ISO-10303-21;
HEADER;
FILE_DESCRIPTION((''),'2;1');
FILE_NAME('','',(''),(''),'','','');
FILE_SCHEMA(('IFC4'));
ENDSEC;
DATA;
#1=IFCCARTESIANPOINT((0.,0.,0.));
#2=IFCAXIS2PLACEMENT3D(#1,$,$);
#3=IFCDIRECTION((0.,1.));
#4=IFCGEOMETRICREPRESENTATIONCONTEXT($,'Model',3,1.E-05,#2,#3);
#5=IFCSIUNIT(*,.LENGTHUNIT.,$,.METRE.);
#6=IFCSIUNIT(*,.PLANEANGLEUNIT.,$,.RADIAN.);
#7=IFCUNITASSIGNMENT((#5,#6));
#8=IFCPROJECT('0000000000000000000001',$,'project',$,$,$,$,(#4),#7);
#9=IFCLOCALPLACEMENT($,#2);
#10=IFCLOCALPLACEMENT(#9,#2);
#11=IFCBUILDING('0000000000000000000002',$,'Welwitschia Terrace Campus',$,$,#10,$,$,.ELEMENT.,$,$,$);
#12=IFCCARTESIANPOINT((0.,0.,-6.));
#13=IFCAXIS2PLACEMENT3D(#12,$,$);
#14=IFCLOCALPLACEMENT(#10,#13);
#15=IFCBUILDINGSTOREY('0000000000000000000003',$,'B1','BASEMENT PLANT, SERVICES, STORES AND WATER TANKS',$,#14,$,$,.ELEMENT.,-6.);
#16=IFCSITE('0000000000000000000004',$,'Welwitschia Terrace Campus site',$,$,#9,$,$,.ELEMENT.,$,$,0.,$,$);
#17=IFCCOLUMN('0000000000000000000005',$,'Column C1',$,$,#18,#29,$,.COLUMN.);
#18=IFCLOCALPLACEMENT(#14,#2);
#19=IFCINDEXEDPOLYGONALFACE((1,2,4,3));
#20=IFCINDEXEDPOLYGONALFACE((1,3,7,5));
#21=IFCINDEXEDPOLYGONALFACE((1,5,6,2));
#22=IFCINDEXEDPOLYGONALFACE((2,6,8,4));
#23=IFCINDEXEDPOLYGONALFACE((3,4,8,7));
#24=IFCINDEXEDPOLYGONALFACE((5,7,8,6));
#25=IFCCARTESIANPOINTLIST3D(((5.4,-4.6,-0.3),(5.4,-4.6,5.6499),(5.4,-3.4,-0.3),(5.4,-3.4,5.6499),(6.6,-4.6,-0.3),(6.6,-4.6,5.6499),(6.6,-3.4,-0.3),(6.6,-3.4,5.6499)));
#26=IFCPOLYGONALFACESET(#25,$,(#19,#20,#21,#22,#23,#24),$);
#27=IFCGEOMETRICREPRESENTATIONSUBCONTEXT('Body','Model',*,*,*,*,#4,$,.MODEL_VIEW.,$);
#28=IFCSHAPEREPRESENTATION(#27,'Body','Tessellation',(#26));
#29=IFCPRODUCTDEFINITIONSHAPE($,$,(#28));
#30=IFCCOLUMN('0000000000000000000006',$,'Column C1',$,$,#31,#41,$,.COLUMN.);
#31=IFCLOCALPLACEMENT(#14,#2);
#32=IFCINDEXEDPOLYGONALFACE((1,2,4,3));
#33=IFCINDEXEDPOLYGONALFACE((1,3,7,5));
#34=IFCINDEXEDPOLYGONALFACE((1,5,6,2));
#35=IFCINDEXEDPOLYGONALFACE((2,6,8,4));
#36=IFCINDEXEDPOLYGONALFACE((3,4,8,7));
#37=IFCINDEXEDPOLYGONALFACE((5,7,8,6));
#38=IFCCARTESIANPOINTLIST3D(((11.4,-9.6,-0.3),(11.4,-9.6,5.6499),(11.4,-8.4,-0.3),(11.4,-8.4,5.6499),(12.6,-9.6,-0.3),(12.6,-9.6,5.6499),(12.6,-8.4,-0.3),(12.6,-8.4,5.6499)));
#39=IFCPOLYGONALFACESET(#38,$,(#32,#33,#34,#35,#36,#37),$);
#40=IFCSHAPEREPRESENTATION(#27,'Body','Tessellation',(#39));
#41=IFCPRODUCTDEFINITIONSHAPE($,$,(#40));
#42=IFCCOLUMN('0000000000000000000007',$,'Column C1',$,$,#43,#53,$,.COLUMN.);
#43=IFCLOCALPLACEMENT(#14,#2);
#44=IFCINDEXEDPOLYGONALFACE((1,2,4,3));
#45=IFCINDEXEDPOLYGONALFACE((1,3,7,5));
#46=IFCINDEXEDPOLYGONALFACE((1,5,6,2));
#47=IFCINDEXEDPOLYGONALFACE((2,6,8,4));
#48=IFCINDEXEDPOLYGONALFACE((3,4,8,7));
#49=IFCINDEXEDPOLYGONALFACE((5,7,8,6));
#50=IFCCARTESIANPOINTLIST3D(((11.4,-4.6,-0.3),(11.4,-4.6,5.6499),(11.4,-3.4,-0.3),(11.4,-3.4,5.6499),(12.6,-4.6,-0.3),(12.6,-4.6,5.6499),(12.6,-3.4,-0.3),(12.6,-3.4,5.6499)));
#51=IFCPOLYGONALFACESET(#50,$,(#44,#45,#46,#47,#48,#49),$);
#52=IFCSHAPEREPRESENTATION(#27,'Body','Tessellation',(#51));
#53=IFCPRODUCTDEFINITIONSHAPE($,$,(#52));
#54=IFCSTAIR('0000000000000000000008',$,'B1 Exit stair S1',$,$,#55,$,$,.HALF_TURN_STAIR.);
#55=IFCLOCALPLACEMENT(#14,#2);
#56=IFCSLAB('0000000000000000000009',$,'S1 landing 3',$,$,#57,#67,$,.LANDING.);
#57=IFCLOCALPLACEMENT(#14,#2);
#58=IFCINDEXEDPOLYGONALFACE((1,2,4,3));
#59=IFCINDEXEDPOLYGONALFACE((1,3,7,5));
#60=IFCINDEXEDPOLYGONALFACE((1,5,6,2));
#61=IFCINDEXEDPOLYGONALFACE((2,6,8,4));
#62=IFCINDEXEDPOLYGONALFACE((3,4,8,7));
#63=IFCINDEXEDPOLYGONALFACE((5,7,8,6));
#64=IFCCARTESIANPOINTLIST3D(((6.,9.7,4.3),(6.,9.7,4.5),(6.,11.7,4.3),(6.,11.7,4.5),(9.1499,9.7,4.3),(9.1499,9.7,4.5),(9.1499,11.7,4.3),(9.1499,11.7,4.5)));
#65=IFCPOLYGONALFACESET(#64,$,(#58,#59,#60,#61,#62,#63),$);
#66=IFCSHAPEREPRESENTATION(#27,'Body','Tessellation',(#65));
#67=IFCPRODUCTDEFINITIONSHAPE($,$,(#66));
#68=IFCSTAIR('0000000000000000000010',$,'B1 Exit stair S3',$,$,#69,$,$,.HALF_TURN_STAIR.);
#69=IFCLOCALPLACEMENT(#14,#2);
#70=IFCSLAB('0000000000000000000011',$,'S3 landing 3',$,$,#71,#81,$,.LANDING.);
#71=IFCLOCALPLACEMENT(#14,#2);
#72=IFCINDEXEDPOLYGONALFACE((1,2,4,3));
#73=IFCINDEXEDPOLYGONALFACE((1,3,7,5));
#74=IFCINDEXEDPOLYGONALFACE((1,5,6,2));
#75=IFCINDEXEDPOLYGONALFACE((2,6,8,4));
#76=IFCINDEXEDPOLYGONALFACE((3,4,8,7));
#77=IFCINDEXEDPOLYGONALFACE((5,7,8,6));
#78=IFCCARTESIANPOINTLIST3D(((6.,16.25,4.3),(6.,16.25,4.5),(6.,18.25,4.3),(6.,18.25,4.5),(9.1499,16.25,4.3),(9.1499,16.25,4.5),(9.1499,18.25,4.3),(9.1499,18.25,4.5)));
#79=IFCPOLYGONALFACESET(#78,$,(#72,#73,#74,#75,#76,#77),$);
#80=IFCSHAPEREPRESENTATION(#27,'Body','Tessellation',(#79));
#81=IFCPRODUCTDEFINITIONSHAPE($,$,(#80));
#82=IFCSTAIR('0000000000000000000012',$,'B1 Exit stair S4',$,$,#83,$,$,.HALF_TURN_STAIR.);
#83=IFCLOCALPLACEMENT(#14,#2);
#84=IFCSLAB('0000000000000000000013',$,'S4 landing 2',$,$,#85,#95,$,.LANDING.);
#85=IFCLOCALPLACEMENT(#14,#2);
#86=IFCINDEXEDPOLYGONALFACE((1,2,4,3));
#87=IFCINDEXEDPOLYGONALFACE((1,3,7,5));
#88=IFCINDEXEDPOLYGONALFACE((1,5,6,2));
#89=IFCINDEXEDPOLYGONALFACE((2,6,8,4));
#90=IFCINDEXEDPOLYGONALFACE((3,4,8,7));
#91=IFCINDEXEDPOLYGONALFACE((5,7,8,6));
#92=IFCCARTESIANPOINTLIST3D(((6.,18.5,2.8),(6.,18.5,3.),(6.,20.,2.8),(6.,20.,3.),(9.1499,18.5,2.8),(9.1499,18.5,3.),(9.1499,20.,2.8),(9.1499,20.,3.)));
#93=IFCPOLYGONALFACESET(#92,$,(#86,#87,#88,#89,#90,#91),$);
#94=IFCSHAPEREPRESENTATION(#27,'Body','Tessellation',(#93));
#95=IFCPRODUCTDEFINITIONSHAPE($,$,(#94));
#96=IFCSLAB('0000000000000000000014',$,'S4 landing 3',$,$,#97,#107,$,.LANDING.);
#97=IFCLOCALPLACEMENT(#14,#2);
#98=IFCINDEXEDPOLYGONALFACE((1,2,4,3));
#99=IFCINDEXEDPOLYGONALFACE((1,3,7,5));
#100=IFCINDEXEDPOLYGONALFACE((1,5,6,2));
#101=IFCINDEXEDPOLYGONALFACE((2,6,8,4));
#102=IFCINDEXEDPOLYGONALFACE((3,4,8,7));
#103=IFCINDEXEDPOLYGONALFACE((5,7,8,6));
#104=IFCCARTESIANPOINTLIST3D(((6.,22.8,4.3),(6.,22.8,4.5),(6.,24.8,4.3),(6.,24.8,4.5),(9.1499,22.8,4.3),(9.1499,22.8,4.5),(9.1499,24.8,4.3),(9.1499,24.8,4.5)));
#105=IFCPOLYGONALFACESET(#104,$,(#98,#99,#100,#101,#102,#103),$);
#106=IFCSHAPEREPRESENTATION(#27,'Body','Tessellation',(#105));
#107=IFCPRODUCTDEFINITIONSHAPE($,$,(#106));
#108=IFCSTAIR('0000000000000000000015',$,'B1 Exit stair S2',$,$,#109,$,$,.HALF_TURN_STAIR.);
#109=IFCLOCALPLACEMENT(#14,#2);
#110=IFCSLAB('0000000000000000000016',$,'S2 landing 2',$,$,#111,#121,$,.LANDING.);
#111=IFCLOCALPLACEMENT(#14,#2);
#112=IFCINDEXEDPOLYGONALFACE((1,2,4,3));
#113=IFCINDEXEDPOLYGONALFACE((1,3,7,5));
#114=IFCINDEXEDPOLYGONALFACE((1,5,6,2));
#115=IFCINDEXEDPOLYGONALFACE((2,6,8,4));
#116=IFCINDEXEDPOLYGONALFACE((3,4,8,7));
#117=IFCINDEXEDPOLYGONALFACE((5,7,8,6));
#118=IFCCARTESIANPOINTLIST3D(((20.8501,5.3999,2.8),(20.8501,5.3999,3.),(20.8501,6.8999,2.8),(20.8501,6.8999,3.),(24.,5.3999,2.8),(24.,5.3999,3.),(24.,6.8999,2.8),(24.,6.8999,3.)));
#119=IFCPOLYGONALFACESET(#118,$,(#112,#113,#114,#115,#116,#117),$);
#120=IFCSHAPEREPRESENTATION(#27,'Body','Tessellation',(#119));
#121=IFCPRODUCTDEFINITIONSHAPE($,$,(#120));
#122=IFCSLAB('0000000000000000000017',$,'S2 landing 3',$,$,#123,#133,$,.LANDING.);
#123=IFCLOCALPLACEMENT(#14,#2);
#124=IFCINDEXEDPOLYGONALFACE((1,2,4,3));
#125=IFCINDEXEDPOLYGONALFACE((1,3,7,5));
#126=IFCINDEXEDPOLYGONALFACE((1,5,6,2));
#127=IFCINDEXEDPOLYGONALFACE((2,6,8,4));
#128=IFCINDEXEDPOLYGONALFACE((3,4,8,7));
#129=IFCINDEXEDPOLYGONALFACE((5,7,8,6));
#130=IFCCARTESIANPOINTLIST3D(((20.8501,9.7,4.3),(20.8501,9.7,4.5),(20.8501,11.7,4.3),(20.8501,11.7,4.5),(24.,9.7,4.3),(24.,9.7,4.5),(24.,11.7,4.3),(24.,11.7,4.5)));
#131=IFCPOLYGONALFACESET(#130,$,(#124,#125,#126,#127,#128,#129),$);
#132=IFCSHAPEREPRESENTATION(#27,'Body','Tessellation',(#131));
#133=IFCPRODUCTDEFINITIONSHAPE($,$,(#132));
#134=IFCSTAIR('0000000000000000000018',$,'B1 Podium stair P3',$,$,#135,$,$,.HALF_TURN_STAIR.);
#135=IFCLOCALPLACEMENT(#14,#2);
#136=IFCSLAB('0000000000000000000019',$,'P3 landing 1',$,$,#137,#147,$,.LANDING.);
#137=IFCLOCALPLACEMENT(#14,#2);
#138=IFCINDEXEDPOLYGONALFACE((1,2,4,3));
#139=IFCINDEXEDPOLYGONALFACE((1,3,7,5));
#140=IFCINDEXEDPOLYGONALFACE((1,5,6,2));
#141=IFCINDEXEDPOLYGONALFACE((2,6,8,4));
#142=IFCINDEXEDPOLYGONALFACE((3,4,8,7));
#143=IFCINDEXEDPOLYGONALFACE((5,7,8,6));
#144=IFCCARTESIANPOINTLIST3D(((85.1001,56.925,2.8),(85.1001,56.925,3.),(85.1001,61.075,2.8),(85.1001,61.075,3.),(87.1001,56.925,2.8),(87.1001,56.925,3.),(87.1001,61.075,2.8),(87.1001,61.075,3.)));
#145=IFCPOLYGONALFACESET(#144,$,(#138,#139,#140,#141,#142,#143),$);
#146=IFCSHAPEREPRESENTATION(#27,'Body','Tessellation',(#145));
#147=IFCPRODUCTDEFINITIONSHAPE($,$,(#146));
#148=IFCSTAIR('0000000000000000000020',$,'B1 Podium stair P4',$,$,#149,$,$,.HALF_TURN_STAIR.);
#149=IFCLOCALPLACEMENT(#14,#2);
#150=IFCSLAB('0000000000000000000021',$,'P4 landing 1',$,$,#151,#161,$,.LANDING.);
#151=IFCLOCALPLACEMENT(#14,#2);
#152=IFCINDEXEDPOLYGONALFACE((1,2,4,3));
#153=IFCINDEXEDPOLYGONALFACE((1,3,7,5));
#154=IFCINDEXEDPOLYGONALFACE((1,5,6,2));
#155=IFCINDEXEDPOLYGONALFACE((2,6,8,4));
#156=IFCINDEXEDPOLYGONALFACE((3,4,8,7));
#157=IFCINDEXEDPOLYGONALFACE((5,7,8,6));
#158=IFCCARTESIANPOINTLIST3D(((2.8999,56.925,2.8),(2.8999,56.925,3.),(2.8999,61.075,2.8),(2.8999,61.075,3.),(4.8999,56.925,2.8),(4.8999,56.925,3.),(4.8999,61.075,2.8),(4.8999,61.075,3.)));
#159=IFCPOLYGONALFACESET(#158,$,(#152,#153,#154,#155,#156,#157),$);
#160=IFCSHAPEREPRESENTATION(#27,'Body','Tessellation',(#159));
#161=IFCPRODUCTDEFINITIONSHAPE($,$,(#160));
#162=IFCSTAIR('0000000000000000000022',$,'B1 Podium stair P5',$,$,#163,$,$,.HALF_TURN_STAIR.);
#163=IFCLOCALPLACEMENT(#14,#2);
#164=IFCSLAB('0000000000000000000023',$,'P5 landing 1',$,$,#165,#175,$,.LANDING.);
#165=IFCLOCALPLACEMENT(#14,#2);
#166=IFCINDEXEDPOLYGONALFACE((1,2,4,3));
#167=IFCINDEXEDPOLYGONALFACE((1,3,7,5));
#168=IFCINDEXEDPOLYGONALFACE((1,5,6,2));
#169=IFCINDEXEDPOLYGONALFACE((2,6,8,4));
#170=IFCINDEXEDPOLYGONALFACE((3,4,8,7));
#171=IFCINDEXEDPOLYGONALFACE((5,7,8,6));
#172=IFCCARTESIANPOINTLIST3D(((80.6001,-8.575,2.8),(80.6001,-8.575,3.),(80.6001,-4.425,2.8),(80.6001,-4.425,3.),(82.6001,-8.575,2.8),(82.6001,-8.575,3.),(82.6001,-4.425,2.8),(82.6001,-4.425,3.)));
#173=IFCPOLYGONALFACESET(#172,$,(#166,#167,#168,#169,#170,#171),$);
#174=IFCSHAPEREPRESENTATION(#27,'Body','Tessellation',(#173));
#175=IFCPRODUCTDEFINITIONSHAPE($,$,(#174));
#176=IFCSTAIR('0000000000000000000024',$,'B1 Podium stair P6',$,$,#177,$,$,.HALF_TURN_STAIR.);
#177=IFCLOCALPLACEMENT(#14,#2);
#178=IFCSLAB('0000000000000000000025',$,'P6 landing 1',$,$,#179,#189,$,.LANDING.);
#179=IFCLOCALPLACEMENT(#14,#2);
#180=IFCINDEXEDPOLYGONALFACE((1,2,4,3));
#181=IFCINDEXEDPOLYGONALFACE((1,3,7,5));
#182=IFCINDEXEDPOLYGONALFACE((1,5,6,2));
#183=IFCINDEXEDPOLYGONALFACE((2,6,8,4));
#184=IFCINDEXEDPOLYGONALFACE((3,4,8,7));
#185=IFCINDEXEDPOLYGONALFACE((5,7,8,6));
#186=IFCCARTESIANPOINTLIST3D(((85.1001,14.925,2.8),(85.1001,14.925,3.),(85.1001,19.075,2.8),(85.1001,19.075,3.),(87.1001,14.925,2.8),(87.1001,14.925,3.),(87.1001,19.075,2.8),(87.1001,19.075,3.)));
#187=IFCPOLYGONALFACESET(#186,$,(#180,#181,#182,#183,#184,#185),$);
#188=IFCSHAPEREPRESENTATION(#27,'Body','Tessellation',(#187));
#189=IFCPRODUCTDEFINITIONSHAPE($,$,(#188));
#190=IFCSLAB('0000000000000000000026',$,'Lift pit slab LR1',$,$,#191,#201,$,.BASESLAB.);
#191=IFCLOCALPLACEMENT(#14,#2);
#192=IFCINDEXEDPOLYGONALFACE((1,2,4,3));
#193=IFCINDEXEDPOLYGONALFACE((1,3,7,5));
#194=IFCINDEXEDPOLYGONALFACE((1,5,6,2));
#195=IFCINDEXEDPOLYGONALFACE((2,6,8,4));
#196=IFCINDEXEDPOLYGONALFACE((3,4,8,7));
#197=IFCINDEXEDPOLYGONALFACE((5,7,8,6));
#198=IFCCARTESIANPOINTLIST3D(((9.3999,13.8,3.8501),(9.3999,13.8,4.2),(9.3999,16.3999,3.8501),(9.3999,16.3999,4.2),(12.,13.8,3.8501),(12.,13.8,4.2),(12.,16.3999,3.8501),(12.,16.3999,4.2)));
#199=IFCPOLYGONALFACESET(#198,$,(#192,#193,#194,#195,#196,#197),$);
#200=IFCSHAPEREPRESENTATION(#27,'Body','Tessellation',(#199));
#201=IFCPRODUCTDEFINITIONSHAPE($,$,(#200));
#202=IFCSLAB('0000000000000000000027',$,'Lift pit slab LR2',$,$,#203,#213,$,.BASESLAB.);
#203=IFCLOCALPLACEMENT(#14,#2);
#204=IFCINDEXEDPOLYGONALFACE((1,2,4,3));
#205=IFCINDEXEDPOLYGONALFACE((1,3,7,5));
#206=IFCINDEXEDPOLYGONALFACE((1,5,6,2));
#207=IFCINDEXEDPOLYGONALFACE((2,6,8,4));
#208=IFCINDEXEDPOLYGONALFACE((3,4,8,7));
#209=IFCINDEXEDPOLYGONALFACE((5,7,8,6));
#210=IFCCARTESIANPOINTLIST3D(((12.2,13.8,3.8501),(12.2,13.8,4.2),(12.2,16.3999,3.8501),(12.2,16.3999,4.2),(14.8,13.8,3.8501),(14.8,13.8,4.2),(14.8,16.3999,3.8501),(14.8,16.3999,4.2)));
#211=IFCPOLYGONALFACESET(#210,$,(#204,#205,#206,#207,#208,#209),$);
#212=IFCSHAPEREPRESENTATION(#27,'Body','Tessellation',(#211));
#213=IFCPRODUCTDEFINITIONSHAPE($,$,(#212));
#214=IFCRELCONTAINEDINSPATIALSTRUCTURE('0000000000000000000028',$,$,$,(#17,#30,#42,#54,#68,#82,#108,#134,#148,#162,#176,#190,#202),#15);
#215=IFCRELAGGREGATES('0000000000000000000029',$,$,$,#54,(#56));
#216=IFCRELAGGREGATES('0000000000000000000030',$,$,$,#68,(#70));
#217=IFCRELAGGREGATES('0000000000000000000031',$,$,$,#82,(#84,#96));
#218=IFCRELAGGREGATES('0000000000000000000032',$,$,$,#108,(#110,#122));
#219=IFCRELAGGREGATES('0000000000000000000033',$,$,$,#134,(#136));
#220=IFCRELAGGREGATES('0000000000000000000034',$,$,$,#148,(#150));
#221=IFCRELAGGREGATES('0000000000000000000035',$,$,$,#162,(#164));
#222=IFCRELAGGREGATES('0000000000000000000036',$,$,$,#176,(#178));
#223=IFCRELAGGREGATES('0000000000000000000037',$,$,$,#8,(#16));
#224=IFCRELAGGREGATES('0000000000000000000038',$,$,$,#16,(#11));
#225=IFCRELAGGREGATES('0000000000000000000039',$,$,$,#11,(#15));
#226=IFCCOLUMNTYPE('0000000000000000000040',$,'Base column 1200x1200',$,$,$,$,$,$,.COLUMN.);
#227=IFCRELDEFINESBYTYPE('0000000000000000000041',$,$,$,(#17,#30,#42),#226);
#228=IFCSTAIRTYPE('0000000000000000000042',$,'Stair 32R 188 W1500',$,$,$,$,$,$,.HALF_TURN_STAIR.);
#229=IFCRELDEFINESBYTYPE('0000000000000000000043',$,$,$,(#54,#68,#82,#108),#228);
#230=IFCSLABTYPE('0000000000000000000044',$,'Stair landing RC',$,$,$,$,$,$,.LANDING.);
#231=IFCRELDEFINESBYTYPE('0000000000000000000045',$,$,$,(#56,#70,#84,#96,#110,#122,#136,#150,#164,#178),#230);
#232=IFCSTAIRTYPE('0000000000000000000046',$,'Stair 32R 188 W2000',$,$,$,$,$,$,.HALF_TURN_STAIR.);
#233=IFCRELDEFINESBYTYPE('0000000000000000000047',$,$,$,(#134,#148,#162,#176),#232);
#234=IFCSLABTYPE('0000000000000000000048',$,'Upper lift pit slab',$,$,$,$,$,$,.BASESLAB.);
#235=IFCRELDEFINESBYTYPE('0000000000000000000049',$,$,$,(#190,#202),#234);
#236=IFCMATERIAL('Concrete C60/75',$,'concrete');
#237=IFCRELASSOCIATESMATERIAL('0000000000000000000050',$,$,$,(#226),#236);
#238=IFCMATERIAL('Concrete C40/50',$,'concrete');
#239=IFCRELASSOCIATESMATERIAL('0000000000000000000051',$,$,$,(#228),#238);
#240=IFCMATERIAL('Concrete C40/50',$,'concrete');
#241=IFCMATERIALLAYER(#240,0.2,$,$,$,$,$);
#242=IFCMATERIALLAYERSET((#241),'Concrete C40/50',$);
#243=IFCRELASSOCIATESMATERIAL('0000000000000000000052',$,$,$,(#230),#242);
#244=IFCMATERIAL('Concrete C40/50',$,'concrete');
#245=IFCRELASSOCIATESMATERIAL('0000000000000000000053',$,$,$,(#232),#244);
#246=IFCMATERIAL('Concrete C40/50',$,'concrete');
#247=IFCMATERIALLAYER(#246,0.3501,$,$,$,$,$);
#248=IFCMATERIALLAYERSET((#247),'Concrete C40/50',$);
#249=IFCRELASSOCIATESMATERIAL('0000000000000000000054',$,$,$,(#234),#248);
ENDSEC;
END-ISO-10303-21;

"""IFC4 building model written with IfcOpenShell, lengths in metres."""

from ifc_helpers import new_model, si_unit, direction, frame, origin, origin_2d, place, context, subcontext, project, spatial, polyline, rectangle, outline, extrude, material, layer, layer_set, material_profile, profile_set, type_object, element, aggregate, save


model = new_model("IFC4")

# Units and contexts
model_context = context("Model", 3, precision=1e-05, world=origin(), true_north=direction((0.0, 1.0)))
body_context = subcontext(model_context, "Body", "Model", "MODEL_VIEW")
ifc_project = project(units=[si_unit("LENGTHUNIT", "METRE"), si_unit("PLANEANGLEUNIT", "RADIAN")], contexts=[model_context])

# Site, building, storey
site_placement = place(None, origin())
site = spatial("IfcSite", under=ifc_project, at=site_placement, Name="Welwitschia Terrace Campus site", CompositionType="ELEMENT", RefElevation=0.0)
building_placement = place(site_placement, origin())
building = spatial("IfcBuilding", under=site, at=building_placement, Name="Welwitschia Terrace Campus", CompositionType="ELEMENT")
storey_placement = place(building_placement, frame((0.0, 0.0, -6.0)))
storey = spatial("IfcBuildingStorey", under=building, at=storey_placement, Name="B1", Description="BASEMENT PLANT, SERVICES, STORES AND WATER TANKS", CompositionType="ELEMENT", Elevation=-6.0)

# Columns
ifc_material_1 = material(Name="Concrete C60/75", Category="concrete")
ifc_material_profile = material_profile(ifc_material_1, rectangle(XDim=1.2, YDim=1.2, at=origin_2d()))
ifc_profile_set = profile_set([ifc_material_profile], Name="Concrete C60/75")
column_type = type_object("IfcColumnType", Name="Base column 1200x1200", PredefinedType="COLUMN", material=ifc_profile_set)
for number, where, z_axis, x_axis, name in (
    (1, (6.0, -4.0, -0.3), (0.0, 0.0, 1.0), (1.0, 0.0, 0.0), "Column C1"),
    (2, (12.0, -9.0, -0.3), (0.0, 0.0, 1.0), (1.0, 0.0, 0.0), "Column C1"),
    (3, (12.0, -4.0, -0.3), (0.0, 0.0, 1.0), (1.0, 0.0, 0.0), "Column C1"),
):
    element("IfcColumn", number, at=place(storey_placement, frame(where, z_axis=z_axis, x_axis=x_axis)), inside=storey, type_object=column_type, Name=name, PredefinedType="COLUMN", context=body_context, shape_type="SweptSolid", body=[
        extrude(rectangle(XDim=1.2, YDim=1.2, at=origin_2d()), origin(), (0.0, 0.0, 1.0), 5.95),
    ])

# Stairs, slabs
ifc_material_2 = material(Name="Concrete C40/50", Category="concrete")
stair_type_1 = type_object("IfcStairType", Name="Stair 32R 188 W1500", PredefinedType="HALF_TURN_STAIR", material=ifc_material_2)
stair_1_placement = place(storey_placement, origin())
stair_1 = element("IfcStair", 4, at=stair_1_placement, inside=storey, type_object=stair_type_1, Name="B1 Exit stair S1", PredefinedType="HALF_TURN_STAIR")
ifc_material_3 = material(Name="Concrete C40/50", Category="concrete")
ifc_layer_1 = layer(ifc_material_3, 0.2)
ifc_layer_set_1 = layer_set([ifc_layer_1], Name="Concrete C40/50")
slab_type_1 = type_object("IfcSlabType", Name="Stair landing RC", PredefinedType="LANDING", material=ifc_layer_set_1)
slab_1_placement = place(storey_placement, frame((0.0, 0.0, 4.3)))
slab_1 = element("IfcSlab", 5, at=slab_1_placement, type_object=slab_type_1, Name="S1 landing 3", PredefinedType="LANDING", context=body_context, shape_type="SweptSolid", body=[
    extrude(outline(polyline([(9.1499, 9.7), (9.1499, 11.7), (6.0, 11.7), (6.0, 9.7), (9.1499, 9.7)])), origin(), (0.0, 0.0, 1.0), 0.2),
])
aggregate(stair_1, [slab_1])
stair_2_placement = place(storey_placement, origin())
stair_2 = element("IfcStair", 6, at=stair_2_placement, inside=storey, type_object=stair_type_1, Name="B1 Exit stair S3", PredefinedType="HALF_TURN_STAIR")
slab_2_placement = place(storey_placement, frame((0.0, 0.0, 4.3)))
slab_2 = element("IfcSlab", 7, at=slab_2_placement, type_object=slab_type_1, Name="S3 landing 3", PredefinedType="LANDING", context=body_context, shape_type="SweptSolid", body=[
    extrude(outline(polyline([(9.1499, 16.25), (9.1499, 18.25), (6.0, 18.25), (6.0, 16.25), (9.1499, 16.25)])), origin(), (0.0, 0.0, 1.0), 0.2),
])
aggregate(stair_2, [slab_2])

# Stairs, slabs
stair_3_placement = place(storey_placement, origin())
stair_3 = element("IfcStair", 8, at=stair_3_placement, inside=storey, type_object=stair_type_1, Name="B1 Exit stair S4", PredefinedType="HALF_TURN_STAIR")
slab_3_placement = place(storey_placement, frame((0.0, 0.0, 2.8)))
slab_3 = element("IfcSlab", 9, at=slab_3_placement, type_object=slab_type_1, Name="S4 landing 2", PredefinedType="LANDING", context=body_context, shape_type="SweptSolid", body=[
    extrude(outline(polyline([(9.1499, 18.5), (9.1499, 20.0), (6.0, 20.0), (6.0, 18.5), (9.1499, 18.5)])), origin(), (0.0, 0.0, 1.0), 0.2),
])
slab_4_placement = place(storey_placement, frame((0.0, 0.0, 4.3)))
slab_4 = element("IfcSlab", 10, at=slab_4_placement, type_object=slab_type_1, Name="S4 landing 3", PredefinedType="LANDING", context=body_context, shape_type="SweptSolid", body=[
    extrude(outline(polyline([(9.1499, 22.8), (9.1499, 24.8), (6.0, 24.8), (6.0, 22.8), (9.1499, 22.8)])), origin(), (0.0, 0.0, 1.0), 0.2),
])
aggregate(stair_3, [slab_3, slab_4])
stair_4_placement = place(storey_placement, origin())
stair_4 = element("IfcStair", 11, at=stair_4_placement, inside=storey, type_object=stair_type_1, Name="B1 Exit stair S2", PredefinedType="HALF_TURN_STAIR")
slab_5_placement = place(storey_placement, frame((0.0, 0.0, 2.8)))
slab_5 = element("IfcSlab", 12, at=slab_5_placement, type_object=slab_type_1, Name="S2 landing 2", PredefinedType="LANDING", context=body_context, shape_type="SweptSolid", body=[
    extrude(outline(polyline([(24.0, 5.3999), (24.0, 6.8999), (20.8501, 6.8999), (20.8501, 5.3999), (24.0, 5.3999)])), origin(), (0.0, 0.0, 1.0), 0.2),
])
slab_6_placement = place(storey_placement, frame((0.0, 0.0, 4.3)))
slab_6 = element("IfcSlab", 13, at=slab_6_placement, type_object=slab_type_1, Name="S2 landing 3", PredefinedType="LANDING", context=body_context, shape_type="SweptSolid", body=[
    extrude(outline(polyline([(24.0, 9.7), (24.0, 11.7), (20.8501, 11.7), (20.8501, 9.7), (24.0, 9.7)])), origin(), (0.0, 0.0, 1.0), 0.2),
])
aggregate(stair_4, [slab_5, slab_6])

# Stairs, slabs
ifc_material_4 = material(Name="Concrete C40/50", Category="concrete")
stair_type_2 = type_object("IfcStairType", Name="Stair 32R 188 W2000", PredefinedType="HALF_TURN_STAIR", material=ifc_material_4)
stair_5_placement = place(storey_placement, origin())
stair_5 = element("IfcStair", 14, at=stair_5_placement, inside=storey, type_object=stair_type_2, Name="B1 Podium stair P3", PredefinedType="HALF_TURN_STAIR")
slab_7_placement = place(storey_placement, frame((0.0, 0.0, 2.8)))
slab_7 = element("IfcSlab", 15, at=slab_7_placement, type_object=slab_type_1, Name="P3 landing 1", PredefinedType="LANDING", context=body_context, shape_type="SweptSolid", body=[
    extrude(outline(polyline([(87.1001, 61.075), (85.1001, 61.075), (85.1001, 56.925), (87.1001, 56.925), (87.1001, 61.075)])), origin(), (0.0, 0.0, 1.0), 0.2),
])
aggregate(stair_5, [slab_7])
stair_6_placement = place(storey_placement, origin())
stair_6 = element("IfcStair", 16, at=stair_6_placement, inside=storey, type_object=stair_type_2, Name="B1 Podium stair P4", PredefinedType="HALF_TURN_STAIR")
slab_8_placement = place(storey_placement, frame((0.0, 0.0, 2.8)))
slab_8 = element("IfcSlab", 17, at=slab_8_placement, type_object=slab_type_1, Name="P4 landing 1", PredefinedType="LANDING", context=body_context, shape_type="SweptSolid", body=[
    extrude(outline(polyline([(2.8999, 56.925), (4.8999, 56.925), (4.8999, 61.075), (2.8999, 61.075), (2.8999, 56.925)])), origin(), (0.0, 0.0, 1.0), 0.2),
])
aggregate(stair_6, [slab_8])
stair_7_placement = place(storey_placement, origin())
stair_7 = element("IfcStair", 18, at=stair_7_placement, inside=storey, type_object=stair_type_2, Name="B1 Podium stair P5", PredefinedType="HALF_TURN_STAIR")
slab_9_placement = place(storey_placement, frame((0.0, 0.0, 2.8)))
slab_9 = element("IfcSlab", 19, at=slab_9_placement, type_object=slab_type_1, Name="P5 landing 1", PredefinedType="LANDING", context=body_context, shape_type="SweptSolid", body=[
    extrude(outline(polyline([(80.6001, -8.575), (82.6001, -8.575), (82.6001, -4.425), (80.6001, -4.425), (80.6001, -8.575)])), origin(), (0.0, 0.0, 1.0), 0.2),
])
aggregate(stair_7, [slab_9])
stair_8_placement = place(storey_placement, origin())
stair_8 = element("IfcStair", 20, at=stair_8_placement, inside=storey, type_object=stair_type_2, Name="B1 Podium stair P6", PredefinedType="HALF_TURN_STAIR")
slab_10_placement = place(storey_placement, frame((0.0, 0.0, 2.8)))
slab_10 = element("IfcSlab", 21, at=slab_10_placement, type_object=slab_type_1, Name="P6 landing 1", PredefinedType="LANDING", context=body_context, shape_type="SweptSolid", body=[
    extrude(outline(polyline([(87.1001, 19.075), (85.1001, 19.075), (85.1001, 14.925), (87.1001, 14.925), (87.1001, 19.075)])), origin(), (0.0, 0.0, 1.0), 0.2),
])
aggregate(stair_8, [slab_10])

# Slabs
ifc_material_5 = material(Name="Concrete C40/50", Category="concrete")
ifc_layer_2 = layer(ifc_material_5, 0.3501)
ifc_layer_set_2 = layer_set([ifc_layer_2], Name="Concrete C40/50")
slab_type_2 = type_object("IfcSlabType", Name="Upper lift pit slab", PredefinedType="BASESLAB", material=ifc_layer_set_2)
slab_11_placement = place(storey_placement, frame((0.0, 0.0, 3.8501)))
element("IfcSlab", 22, at=slab_11_placement, inside=storey, type_object=slab_type_2, Name="Lift pit slab LR1", PredefinedType="BASESLAB", context=body_context, shape_type="SweptSolid", body=[
    extrude(outline(polyline([(9.3999, 13.8), (12.0, 13.8), (12.0, 16.3999), (9.3999, 16.3999), (9.3999, 13.8)])), origin(), (0.0, 0.0, 1.0), 0.3499),
])
slab_12_placement = place(storey_placement, frame((0.0, 0.0, 3.8501)))
element("IfcSlab", 23, at=slab_12_placement, inside=storey, type_object=slab_type_2, Name="Lift pit slab LR2", PredefinedType="BASESLAB", context=body_context, shape_type="SweptSolid", body=[
    extrude(outline(polyline([(12.2, 13.8), (14.8, 13.8), (14.8, 16.3999), (12.2, 16.3999), (12.2, 13.8)])), origin(), (0.0, 0.0, 1.0), 0.3499),
])

save(model, "model.ifc")
